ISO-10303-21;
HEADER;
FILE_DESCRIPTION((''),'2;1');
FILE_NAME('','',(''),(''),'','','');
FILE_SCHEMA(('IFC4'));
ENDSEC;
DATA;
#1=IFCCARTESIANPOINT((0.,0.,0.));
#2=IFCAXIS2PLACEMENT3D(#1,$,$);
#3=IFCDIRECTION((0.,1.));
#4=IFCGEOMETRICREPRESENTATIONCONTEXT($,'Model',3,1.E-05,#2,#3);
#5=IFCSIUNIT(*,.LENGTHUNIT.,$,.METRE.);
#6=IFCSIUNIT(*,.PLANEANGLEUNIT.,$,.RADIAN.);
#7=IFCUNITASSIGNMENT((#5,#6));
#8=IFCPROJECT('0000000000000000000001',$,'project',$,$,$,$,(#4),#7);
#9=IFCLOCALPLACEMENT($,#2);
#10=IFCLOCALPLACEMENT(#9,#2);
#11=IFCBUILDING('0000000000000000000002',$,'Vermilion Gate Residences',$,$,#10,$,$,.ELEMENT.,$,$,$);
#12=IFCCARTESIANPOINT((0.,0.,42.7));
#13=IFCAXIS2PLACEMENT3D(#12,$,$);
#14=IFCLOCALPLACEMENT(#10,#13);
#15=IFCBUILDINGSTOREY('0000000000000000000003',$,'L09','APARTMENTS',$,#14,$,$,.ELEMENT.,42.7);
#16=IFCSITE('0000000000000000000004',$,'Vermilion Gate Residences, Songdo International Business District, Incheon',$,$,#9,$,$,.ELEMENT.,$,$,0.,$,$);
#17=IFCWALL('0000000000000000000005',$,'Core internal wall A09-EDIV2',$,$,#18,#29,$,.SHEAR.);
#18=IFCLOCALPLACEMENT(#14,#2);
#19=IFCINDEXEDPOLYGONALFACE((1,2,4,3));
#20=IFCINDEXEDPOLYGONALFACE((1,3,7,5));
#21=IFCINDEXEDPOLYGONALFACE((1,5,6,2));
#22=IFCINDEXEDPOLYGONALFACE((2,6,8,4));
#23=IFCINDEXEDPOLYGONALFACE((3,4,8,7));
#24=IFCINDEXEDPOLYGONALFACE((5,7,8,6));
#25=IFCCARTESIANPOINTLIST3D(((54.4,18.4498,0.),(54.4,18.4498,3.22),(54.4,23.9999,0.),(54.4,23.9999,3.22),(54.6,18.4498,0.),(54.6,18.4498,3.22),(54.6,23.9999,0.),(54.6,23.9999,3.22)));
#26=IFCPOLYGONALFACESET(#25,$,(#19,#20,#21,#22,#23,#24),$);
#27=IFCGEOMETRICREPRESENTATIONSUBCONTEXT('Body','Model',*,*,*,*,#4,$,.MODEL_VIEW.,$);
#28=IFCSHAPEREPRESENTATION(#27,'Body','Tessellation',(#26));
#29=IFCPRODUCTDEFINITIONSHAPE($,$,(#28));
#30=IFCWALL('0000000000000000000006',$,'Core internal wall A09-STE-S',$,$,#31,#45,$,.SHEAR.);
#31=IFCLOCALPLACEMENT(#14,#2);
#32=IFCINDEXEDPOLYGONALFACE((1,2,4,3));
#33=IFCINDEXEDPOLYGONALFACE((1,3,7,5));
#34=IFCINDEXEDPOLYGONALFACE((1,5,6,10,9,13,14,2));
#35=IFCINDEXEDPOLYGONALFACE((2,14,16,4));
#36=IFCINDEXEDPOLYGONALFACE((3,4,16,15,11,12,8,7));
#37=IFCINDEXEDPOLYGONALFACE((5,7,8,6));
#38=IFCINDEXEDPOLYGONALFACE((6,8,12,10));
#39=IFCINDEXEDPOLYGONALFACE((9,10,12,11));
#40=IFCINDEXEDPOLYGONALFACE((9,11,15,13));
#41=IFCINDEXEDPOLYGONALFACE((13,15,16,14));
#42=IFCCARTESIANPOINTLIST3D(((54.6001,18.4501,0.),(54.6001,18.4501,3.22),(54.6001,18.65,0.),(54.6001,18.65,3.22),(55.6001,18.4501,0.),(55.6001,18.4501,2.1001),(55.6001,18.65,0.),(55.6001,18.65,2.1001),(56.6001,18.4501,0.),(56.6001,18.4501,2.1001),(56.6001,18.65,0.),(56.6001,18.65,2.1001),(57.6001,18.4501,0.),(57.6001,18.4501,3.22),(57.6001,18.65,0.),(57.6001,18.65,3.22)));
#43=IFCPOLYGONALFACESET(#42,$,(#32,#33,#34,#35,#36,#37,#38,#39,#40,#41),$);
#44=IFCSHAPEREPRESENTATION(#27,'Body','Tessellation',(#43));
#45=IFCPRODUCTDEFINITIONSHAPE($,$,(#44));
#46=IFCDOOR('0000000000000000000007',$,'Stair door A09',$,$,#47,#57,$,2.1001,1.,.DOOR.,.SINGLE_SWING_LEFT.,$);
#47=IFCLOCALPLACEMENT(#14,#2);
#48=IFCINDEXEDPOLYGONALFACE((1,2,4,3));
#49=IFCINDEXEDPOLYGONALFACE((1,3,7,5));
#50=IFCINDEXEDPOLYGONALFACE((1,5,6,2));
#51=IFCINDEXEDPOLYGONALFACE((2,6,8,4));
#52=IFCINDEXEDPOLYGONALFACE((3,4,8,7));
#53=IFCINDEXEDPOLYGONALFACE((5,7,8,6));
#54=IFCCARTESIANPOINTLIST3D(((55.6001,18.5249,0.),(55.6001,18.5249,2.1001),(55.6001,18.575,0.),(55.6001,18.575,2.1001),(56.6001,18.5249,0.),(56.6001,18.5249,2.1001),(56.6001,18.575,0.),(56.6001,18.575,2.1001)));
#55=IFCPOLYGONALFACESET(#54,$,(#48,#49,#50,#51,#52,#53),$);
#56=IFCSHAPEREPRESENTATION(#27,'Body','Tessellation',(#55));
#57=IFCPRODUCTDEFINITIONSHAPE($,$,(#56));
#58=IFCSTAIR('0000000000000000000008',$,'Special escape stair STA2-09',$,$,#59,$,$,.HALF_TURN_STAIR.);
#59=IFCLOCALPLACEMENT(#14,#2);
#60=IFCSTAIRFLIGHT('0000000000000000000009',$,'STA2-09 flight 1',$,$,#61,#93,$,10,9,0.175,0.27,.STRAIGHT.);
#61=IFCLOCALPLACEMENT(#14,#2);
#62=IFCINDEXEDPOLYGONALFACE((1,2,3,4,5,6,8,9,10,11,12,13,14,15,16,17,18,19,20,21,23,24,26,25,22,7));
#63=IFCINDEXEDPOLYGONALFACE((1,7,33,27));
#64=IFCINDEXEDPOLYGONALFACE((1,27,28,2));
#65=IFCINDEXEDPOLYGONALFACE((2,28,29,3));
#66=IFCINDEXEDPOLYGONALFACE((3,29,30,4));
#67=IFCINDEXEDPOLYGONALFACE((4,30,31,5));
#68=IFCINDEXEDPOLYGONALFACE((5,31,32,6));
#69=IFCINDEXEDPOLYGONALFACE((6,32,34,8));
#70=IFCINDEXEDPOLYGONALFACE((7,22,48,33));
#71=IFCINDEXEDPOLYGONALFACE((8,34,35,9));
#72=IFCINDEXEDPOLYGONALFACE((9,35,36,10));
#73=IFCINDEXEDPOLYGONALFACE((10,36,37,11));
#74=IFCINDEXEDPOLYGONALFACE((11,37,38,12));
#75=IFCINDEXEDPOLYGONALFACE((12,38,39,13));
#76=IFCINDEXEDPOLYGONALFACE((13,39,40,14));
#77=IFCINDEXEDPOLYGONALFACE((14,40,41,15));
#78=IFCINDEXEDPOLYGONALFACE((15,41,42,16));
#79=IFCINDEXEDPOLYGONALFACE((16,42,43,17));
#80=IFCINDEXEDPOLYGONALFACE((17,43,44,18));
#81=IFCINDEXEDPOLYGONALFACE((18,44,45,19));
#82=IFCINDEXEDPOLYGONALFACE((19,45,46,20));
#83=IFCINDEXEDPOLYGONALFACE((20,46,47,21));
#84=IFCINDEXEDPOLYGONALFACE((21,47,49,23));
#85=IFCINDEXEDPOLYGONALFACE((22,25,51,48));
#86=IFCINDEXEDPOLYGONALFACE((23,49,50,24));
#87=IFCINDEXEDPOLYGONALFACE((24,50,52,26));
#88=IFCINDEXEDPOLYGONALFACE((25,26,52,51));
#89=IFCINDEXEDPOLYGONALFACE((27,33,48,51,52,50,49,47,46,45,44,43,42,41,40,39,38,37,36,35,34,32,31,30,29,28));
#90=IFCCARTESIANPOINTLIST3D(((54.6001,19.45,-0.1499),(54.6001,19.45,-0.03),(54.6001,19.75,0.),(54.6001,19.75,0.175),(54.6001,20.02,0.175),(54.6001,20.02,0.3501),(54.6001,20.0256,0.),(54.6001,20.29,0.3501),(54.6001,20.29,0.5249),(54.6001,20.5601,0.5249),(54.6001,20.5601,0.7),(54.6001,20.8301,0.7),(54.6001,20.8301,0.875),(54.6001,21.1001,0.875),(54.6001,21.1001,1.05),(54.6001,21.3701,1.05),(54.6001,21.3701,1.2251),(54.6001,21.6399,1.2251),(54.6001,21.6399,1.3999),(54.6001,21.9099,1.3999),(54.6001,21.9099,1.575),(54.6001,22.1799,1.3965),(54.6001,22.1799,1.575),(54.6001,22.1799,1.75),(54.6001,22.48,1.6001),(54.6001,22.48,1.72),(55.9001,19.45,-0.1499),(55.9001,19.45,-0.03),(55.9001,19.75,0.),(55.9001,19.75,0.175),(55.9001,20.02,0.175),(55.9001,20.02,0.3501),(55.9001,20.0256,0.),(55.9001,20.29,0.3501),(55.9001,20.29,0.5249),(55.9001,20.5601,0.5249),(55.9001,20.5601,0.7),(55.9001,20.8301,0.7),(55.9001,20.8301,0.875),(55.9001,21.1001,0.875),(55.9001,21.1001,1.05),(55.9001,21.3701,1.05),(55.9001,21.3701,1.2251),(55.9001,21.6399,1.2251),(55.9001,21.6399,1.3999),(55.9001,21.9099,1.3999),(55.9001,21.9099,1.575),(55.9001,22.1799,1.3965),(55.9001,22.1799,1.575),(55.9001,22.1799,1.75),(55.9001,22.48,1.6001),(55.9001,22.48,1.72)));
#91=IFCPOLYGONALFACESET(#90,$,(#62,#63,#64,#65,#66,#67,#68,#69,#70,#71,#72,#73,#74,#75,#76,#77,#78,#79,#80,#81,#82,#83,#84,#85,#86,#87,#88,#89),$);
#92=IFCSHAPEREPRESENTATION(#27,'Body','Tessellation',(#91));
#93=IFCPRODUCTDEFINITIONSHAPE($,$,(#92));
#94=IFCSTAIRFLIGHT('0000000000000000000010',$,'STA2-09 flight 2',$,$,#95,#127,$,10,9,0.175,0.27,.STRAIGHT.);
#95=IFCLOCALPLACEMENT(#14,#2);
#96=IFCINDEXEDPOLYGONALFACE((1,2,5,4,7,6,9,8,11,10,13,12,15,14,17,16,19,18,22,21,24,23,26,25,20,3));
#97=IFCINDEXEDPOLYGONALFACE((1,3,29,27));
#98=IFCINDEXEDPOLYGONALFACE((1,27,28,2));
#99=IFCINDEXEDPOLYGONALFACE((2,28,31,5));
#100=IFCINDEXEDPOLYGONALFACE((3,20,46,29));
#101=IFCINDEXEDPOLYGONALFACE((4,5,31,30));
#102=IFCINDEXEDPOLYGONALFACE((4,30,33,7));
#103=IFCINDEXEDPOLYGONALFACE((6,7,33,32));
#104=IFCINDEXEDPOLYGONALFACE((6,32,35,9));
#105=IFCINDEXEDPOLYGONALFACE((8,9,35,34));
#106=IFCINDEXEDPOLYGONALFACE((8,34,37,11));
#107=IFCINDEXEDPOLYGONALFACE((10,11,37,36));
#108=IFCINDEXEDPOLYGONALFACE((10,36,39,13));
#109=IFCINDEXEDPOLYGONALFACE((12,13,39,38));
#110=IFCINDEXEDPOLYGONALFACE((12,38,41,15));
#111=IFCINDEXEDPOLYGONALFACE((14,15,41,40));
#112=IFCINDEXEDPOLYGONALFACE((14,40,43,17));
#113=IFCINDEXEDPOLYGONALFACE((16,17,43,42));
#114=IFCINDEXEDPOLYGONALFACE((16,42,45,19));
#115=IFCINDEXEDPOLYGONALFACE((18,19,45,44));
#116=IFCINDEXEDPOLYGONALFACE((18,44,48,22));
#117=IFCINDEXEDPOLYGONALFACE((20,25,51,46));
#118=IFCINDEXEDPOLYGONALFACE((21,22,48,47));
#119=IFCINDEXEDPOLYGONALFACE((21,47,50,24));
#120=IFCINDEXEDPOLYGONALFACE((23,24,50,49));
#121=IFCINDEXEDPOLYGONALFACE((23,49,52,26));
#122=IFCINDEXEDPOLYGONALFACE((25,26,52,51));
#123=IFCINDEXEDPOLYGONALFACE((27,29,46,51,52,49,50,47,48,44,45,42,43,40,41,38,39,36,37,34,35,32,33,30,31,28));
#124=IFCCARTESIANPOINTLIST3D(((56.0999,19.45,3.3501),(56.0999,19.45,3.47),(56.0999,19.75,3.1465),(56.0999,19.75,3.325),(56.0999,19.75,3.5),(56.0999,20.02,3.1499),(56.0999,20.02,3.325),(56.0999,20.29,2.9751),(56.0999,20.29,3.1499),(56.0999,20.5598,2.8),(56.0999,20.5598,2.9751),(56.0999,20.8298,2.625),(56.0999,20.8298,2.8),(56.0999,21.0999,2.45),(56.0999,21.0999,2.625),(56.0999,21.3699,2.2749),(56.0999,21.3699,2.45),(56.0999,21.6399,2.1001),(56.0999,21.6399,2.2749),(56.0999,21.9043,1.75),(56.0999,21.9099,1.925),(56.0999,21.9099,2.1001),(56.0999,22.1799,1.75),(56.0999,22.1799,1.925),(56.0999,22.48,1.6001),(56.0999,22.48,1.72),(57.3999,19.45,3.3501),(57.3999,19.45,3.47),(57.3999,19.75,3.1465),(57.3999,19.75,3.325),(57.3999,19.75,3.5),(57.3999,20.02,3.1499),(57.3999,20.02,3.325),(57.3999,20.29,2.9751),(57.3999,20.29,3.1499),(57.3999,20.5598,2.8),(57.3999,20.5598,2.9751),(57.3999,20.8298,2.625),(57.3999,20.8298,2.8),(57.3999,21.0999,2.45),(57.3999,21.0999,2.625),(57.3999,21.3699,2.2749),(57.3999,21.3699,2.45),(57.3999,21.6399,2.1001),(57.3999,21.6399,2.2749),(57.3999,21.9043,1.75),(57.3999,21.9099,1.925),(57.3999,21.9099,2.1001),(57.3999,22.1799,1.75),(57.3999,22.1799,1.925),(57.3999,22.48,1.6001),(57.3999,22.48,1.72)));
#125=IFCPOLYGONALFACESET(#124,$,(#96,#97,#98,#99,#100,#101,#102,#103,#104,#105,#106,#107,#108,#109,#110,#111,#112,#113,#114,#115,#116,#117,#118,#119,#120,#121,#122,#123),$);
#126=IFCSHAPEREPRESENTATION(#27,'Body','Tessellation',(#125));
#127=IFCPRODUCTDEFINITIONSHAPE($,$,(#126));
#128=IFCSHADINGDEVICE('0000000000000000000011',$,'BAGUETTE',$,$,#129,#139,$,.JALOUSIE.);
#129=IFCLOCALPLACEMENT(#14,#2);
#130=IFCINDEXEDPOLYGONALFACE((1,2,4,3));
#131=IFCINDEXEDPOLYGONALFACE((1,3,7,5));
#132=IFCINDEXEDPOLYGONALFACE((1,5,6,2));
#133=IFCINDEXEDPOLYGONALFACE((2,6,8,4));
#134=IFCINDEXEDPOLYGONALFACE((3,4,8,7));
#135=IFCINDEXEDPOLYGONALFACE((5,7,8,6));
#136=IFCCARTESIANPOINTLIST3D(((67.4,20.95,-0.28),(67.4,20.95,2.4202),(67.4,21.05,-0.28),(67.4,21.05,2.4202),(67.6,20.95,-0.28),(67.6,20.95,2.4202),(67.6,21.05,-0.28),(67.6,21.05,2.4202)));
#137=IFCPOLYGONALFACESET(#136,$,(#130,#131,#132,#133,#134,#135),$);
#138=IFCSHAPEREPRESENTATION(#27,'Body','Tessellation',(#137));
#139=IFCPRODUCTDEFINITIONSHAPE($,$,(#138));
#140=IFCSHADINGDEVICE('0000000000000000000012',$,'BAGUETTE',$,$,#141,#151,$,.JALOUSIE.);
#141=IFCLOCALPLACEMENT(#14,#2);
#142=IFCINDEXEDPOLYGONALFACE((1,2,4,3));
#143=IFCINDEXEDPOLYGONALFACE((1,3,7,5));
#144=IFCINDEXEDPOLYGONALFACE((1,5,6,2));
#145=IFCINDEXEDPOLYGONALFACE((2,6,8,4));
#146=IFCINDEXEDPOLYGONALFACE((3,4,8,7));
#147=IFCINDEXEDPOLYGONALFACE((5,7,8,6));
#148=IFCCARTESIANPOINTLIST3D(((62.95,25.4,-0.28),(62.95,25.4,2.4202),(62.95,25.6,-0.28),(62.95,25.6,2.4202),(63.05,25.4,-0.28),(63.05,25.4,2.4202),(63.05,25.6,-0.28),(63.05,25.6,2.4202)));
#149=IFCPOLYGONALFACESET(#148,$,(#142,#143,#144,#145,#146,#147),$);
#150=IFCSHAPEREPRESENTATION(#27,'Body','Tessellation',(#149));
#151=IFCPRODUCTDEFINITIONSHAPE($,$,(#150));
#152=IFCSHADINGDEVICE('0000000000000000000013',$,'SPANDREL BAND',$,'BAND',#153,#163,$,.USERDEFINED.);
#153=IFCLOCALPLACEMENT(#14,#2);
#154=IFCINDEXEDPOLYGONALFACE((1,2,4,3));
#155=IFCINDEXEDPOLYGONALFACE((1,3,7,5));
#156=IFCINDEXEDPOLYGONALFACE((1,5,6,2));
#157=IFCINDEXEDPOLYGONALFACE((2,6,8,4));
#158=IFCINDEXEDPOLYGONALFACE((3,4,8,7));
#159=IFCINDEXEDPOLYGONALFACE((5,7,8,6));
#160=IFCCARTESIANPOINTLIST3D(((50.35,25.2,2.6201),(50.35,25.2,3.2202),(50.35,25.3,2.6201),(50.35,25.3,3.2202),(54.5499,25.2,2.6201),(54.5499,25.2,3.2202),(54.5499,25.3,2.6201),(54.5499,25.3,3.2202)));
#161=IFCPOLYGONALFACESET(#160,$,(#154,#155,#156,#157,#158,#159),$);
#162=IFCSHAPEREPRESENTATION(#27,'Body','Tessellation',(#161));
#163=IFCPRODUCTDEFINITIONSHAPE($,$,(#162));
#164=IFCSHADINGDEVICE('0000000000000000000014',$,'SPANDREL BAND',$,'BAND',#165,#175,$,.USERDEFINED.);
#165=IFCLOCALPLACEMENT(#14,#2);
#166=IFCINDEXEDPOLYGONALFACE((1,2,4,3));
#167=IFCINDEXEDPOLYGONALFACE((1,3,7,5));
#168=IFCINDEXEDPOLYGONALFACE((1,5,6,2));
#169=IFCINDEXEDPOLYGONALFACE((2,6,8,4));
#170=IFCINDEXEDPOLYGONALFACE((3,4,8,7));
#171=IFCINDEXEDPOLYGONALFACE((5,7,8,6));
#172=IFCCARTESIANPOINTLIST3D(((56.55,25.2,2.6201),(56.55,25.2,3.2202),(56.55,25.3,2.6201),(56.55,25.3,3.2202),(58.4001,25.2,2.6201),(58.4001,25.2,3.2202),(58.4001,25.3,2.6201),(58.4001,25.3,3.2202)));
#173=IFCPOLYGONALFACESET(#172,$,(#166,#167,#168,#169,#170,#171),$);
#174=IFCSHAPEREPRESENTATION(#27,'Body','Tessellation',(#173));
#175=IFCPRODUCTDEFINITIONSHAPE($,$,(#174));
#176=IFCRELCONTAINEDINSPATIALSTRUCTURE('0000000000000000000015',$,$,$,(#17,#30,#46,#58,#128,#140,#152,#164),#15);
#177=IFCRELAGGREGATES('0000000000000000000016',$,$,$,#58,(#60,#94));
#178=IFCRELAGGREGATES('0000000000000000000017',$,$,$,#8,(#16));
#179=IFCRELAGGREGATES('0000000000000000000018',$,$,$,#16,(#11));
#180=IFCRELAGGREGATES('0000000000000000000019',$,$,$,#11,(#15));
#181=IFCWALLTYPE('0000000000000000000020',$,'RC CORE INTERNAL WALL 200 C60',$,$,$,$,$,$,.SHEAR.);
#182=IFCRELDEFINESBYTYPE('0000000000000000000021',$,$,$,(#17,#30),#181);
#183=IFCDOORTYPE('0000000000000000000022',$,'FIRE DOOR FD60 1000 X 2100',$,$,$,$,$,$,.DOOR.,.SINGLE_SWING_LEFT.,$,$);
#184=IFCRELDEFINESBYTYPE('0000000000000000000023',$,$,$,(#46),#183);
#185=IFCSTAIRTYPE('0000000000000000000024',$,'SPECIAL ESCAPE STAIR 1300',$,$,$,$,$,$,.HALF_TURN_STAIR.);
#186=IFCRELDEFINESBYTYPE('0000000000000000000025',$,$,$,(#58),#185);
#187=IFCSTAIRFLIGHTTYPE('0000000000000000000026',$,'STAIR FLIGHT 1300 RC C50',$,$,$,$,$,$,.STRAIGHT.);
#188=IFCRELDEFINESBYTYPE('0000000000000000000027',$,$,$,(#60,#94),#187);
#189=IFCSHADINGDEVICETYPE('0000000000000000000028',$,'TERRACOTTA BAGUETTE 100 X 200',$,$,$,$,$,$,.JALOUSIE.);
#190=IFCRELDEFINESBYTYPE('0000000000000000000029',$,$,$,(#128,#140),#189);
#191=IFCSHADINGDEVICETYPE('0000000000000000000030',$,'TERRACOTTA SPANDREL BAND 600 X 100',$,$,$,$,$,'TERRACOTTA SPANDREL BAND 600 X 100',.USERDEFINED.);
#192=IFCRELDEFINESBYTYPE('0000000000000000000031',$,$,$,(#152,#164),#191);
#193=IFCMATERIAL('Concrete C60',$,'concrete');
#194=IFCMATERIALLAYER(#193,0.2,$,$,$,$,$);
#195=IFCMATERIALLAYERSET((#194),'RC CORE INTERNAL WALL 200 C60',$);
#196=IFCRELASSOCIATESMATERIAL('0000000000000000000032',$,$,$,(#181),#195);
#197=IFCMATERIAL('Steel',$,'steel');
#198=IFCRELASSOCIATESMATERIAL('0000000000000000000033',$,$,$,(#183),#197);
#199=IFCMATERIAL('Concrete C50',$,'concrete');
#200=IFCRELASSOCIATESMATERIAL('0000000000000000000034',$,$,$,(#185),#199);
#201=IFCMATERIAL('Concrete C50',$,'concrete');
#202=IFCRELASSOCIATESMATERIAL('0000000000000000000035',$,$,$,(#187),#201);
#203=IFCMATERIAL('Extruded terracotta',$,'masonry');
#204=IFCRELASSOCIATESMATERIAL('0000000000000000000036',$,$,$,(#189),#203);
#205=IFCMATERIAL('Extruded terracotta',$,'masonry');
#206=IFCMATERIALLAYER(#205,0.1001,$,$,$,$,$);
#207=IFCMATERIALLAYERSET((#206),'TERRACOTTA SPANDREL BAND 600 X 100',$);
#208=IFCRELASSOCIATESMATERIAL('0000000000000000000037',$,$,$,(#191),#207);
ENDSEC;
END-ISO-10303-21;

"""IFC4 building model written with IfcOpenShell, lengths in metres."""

from ifc_helpers import new_model, si_unit, direction, frame, frame_2d, origin, origin_2d, place, context, subcontext, project, spatial, polyline, rectangle, outline, extrude, material, layer, layer_set, material_profile, profile_set, type_object, element, fill, aggregate, save


model = new_model("IFC4")

# Units and contexts
model_context = context("Model", 3, precision=1e-05, world=origin(), true_north=direction((0.0, 1.0)))
body_context = subcontext(model_context, "Body", "Model", "MODEL_VIEW")
ifc_project = project(units=[si_unit("LENGTHUNIT", "METRE"), si_unit("PLANEANGLEUNIT", "RADIAN")], contexts=[model_context])

# Site, building, storey
site_placement = place(None, origin())
site = spatial("IfcSite", under=ifc_project, at=site_placement, Name="Vermilion Gate Residences, Songdo International Business District, Incheon", CompositionType="ELEMENT", RefElevation=0.0)
building_placement = place(site_placement, origin())
building = spatial("IfcBuilding", under=site, at=building_placement, Name="Vermilion Gate Residences", CompositionType="ELEMENT")
storey_placement = place(building_placement, frame((0.0, 0.0, 42.7)))
storey = spatial("IfcBuildingStorey", under=building, at=storey_placement, Name="L09", Description="APARTMENTS", CompositionType="ELEMENT", Elevation=42.7)

# Wall
ifc_material_1 = material(Name="Concrete C60", Category="concrete")
ifc_layer_1 = layer(ifc_material_1, 0.2)
ifc_layer_set_1 = layer_set([ifc_layer_1], Name="RC CORE INTERNAL WALL 200 C60")
wall_type_1 = type_object("IfcWallType", Name="RC CORE INTERNAL WALL 200 C60", PredefinedType="SHEAR", material=ifc_layer_set_1)
wall_1_placement = place(storey_placement, frame((54.5, 18.45, 0.0), z_axis=(0.0, 0.0, 1.0), x_axis=(0.0, 1.0, 0.0)))
element("IfcWall", 1, at=wall_1_placement, inside=storey, type_object=wall_type_1, Name="Core internal wall A09-EDIV2", PredefinedType="SHEAR", context=body_context, shape_type="SweptSolid", body=[
    extrude(rectangle(XDim=5.55, YDim=0.2, at=frame_2d((2.7749, 0.0))), origin(), (0.0, 0.0, 1.0), 3.22),
])

# Wall, opening, door
wall_2_placement = place(storey_placement, frame((54.6001, 18.55, 0.0), z_axis=(0.0, 0.0, 1.0), x_axis=(1.0, 0.0, 0.0)))
wall_2 = element("IfcWall", 2, at=wall_2_placement, inside=storey, type_object=wall_type_1, Name="Core internal wall A09-STE-S", PredefinedType="SHEAR", context=body_context, shape_type="SweptSolid", body=[
    extrude(rectangle(XDim=3.0, YDim=0.2, at=frame_2d((1.5, 0.0))), origin(), (0.0, 0.0, 1.0), 3.22),
])
opening_1_placement = place(wall_2_placement, frame((1.0, 0.0, 0.0)))
opening_1 = element("IfcOpeningElement", 3, at=opening_1_placement, cuts=wall_2, PredefinedType="OPENING", context=body_context, shape_type="SweptSolid", body=[
    extrude(rectangle(XDim=1.0, YDim=2.1001, at=frame_2d((0.5, 1.05))), frame((0.0, 0.1099, 0.0), z_axis=(0.0, -1.0, 0.0), x_axis=(1.0, 0.0, 0.0)), (0.0, 0.0, 1.0), 0.22),
])
ifc_material_2 = material(Name="Steel", Category="steel")
door_type = type_object("IfcDoorType", Name="FIRE DOOR FD60 1000 X 2100", OperationType="SINGLE_SWING_LEFT", PredefinedType="DOOR", material=ifc_material_2)
door_placement = place(opening_1_placement, origin())
door = element("IfcDoor", 4, at=door_placement, inside=storey, type_object=door_type, Name="Stair door A09", OperationType="SINGLE_SWING_LEFT", OverallHeight=2.1001, OverallWidth=1.0, PredefinedType="DOOR", context=body_context, shape_type="SweptSolid", body=[
    extrude(rectangle(XDim=1.0, YDim=2.1001, at=frame_2d((0.5, 1.05))), frame((0.0, 0.0249, 0.0), z_axis=(0.0, -1.0, 0.0), x_axis=(1.0, 0.0, 0.0)), (0.0, 0.0, 1.0), 0.05),
])
fill(opening_1, door)

# Stair, stair flights
ifc_material_3 = material(Name="Concrete C50", Category="concrete")
stair_type = type_object("IfcStairType", Name="SPECIAL ESCAPE STAIR 1300", PredefinedType="HALF_TURN_STAIR", material=ifc_material_3)
stair_placement = place(storey_placement, origin())
stair = element("IfcStair", 5, at=stair_placement, inside=storey, type_object=stair_type, Name="Special escape stair STA2-09", PredefinedType="HALF_TURN_STAIR")
ifc_material_4 = material(Name="Concrete C50", Category="concrete")
stair_flight_type = type_object("IfcStairFlightType", Name="STAIR FLIGHT 1300 RC C50", PredefinedType="STRAIGHT", material=ifc_material_4)
stair_flight_1_placement = place(storey_placement, frame((55.25, 19.75, 0.0), z_axis=(0.0, 0.0, 1.0), x_axis=(0.0, 1.0, 0.0)))
stair_flight_1 = element("IfcStairFlight", 6, at=stair_flight_1_placement, type_object=stair_flight_type, Name="STA2-09 flight 1", NumberOfRisers=10, NumberOfTreads=9, PredefinedType="STRAIGHT", RiserHeight=0.175, TreadLength=0.27, context=body_context, shape_type="SweptSolid", body=[
    extrude(outline(polyline([(-0.3, -0.1499), (-0.3, -0.03), (0.0, 0.0), (0.0, 0.175), (0.27, 0.175), (0.27, 0.3501), (0.54, 0.3501), (0.54, 0.5249), (0.8101, 0.5249), (0.8101, 0.7), (1.0801, 0.7), (1.0801, 0.875), (1.3501, 0.875), (1.3501, 1.05), (1.6201, 1.05), (1.6201, 1.2251), (1.8899, 1.2251), (1.8899, 1.3999), (2.1599, 1.3999), (2.1599, 1.575), (2.4299, 1.575), (2.4299, 1.75), (2.73, 1.72), (2.73, 1.6001), (2.4299, 1.3965), (0.2756, 0.0), (-0.3, -0.1499)])), frame((0.0, 0.6499, 0.0), z_axis=(0.0, -1.0, 0.0), x_axis=(1.0, 0.0, 0.0)), (0.0, 0.0, 1.0), 1.3),
])
stair_flight_2_placement = place(storey_placement, frame((56.75, 22.1799, 1.75), z_axis=(0.0, 0.0, 1.0), x_axis=(0.0, -1.0, 0.0)))
stair_flight_2 = element("IfcStairFlight", 7, at=stair_flight_2_placement, type_object=stair_flight_type, Name="STA2-09 flight 2", NumberOfRisers=10, NumberOfTreads=9, PredefinedType="STRAIGHT", RiserHeight=0.175, TreadLength=0.27, context=body_context, shape_type="SweptSolid", body=[
    extrude(outline(polyline([(-0.3, -0.1499), (-0.3, -0.03), (0.0, 0.0), (0.0, 0.175), (0.27, 0.175), (0.27, 0.3501), (0.54, 0.3501), (0.54, 0.5249), (0.8101, 0.5249), (0.8101, 0.7), (1.0801, 0.7), (1.0801, 0.875), (1.3501, 0.875), (1.3501, 1.05), (1.6201, 1.05), (1.6201, 1.2251), (1.8899, 1.2251), (1.8899, 1.3999), (2.1599, 1.3999), (2.1599, 1.575), (2.4299, 1.575), (2.4299, 1.75), (2.73, 1.72), (2.73, 1.6001), (2.4299, 1.3965), (0.2756, 0.0), (-0.3, -0.1499)])), frame((0.0, 0.6499, 0.0), z_axis=(0.0, -1.0, 0.0), x_axis=(1.0, 0.0, 0.0)), (0.0, 0.0, 1.0), 1.3),
])
aggregate(stair, [stair_flight_1, stair_flight_2])

# Shading devices
ifc_material_5 = material(Name="Extruded terracotta", Category="masonry")
ifc_material_profile_1 = material_profile(ifc_material_5, rectangle(XDim=0.2, YDim=0.1001, at=origin_2d()), Name="BAGUETTE 100 X 200")
ifc_profile_set_1 = profile_set([ifc_material_profile_1], Name="Extruded terracotta")
shading_device_type_1 = type_object("IfcShadingDeviceType", Name="TERRACOTTA BAGUETTE 100 X 200", PredefinedType="JALOUSIE", material=ifc_profile_set_1)
for number, where, z_axis, x_axis, name in (
    (8, (67.5, 21.0, -0.28), (0.0, 0.0, 1.0), (-1.0, 0.0, 0.0), "BAGUETTE"),
    (9, (63.0, 25.5, -0.28), (0.0, 0.0, 1.0), (0.0, -1.0, 0.0), "BAGUETTE"),
):
    element("IfcShadingDevice", number, at=place(storey_placement, frame(where, z_axis=z_axis, x_axis=x_axis)), inside=storey, type_object=shading_device_type_1, Name=name, PredefinedType="JALOUSIE", context=body_context, shape_type="SweptSolid", body=[
        extrude(rectangle(XDim=0.2, YDim=0.1001, at=origin_2d()), origin(), (0.0, 0.0, 1.0), 2.7002),
    ])
ifc_material_6 = material(Name="Extruded terracotta", Category="masonry")
ifc_layer_2 = layer(ifc_material_6, 0.1001)
ifc_layer_set_2 = layer_set([ifc_layer_2], Name="TERRACOTTA SPANDREL BAND 600 X 100")
shading_device_type_2 = type_object("IfcShadingDeviceType", Name="TERRACOTTA SPANDREL BAND 600 X 100", ElementType="TERRACOTTA SPANDREL BAND 600 X 100", PredefinedType="USERDEFINED", material=ifc_layer_set_2)
shading_device_1_placement = place(storey_placement, frame((52.45, 25.25, 2.6201), z_axis=(0.0, 0.0, 1.0), x_axis=(1.0, 0.0, 0.0)))
element("IfcShadingDevice", 10, at=shading_device_1_placement, inside=storey, type_object=shading_device_type_2, Name="SPANDREL BAND", ObjectType="BAND", PredefinedType="USERDEFINED", context=body_context, shape_type="SweptSolid", body=[
    extrude(rectangle(XDim=4.2, YDim=0.1001, at=origin_2d()), origin(), (0.0, 0.0, 1.0), 0.6001),
])
shading_device_2_placement = place(storey_placement, frame((57.4751, 25.25, 2.6201), z_axis=(0.0, 0.0, 1.0), x_axis=(1.0, 0.0, 0.0)))
element("IfcShadingDevice", 11, at=shading_device_2_placement, inside=storey, type_object=shading_device_type_2, Name="SPANDREL BAND", ObjectType="BAND", PredefinedType="USERDEFINED", context=body_context, shape_type="SweptSolid", body=[
    extrude(rectangle(XDim=1.8501, YDim=0.1001, at=origin_2d()), origin(), (0.0, 0.0, 1.0), 0.6001),
])

save(model, "model.ifc")
